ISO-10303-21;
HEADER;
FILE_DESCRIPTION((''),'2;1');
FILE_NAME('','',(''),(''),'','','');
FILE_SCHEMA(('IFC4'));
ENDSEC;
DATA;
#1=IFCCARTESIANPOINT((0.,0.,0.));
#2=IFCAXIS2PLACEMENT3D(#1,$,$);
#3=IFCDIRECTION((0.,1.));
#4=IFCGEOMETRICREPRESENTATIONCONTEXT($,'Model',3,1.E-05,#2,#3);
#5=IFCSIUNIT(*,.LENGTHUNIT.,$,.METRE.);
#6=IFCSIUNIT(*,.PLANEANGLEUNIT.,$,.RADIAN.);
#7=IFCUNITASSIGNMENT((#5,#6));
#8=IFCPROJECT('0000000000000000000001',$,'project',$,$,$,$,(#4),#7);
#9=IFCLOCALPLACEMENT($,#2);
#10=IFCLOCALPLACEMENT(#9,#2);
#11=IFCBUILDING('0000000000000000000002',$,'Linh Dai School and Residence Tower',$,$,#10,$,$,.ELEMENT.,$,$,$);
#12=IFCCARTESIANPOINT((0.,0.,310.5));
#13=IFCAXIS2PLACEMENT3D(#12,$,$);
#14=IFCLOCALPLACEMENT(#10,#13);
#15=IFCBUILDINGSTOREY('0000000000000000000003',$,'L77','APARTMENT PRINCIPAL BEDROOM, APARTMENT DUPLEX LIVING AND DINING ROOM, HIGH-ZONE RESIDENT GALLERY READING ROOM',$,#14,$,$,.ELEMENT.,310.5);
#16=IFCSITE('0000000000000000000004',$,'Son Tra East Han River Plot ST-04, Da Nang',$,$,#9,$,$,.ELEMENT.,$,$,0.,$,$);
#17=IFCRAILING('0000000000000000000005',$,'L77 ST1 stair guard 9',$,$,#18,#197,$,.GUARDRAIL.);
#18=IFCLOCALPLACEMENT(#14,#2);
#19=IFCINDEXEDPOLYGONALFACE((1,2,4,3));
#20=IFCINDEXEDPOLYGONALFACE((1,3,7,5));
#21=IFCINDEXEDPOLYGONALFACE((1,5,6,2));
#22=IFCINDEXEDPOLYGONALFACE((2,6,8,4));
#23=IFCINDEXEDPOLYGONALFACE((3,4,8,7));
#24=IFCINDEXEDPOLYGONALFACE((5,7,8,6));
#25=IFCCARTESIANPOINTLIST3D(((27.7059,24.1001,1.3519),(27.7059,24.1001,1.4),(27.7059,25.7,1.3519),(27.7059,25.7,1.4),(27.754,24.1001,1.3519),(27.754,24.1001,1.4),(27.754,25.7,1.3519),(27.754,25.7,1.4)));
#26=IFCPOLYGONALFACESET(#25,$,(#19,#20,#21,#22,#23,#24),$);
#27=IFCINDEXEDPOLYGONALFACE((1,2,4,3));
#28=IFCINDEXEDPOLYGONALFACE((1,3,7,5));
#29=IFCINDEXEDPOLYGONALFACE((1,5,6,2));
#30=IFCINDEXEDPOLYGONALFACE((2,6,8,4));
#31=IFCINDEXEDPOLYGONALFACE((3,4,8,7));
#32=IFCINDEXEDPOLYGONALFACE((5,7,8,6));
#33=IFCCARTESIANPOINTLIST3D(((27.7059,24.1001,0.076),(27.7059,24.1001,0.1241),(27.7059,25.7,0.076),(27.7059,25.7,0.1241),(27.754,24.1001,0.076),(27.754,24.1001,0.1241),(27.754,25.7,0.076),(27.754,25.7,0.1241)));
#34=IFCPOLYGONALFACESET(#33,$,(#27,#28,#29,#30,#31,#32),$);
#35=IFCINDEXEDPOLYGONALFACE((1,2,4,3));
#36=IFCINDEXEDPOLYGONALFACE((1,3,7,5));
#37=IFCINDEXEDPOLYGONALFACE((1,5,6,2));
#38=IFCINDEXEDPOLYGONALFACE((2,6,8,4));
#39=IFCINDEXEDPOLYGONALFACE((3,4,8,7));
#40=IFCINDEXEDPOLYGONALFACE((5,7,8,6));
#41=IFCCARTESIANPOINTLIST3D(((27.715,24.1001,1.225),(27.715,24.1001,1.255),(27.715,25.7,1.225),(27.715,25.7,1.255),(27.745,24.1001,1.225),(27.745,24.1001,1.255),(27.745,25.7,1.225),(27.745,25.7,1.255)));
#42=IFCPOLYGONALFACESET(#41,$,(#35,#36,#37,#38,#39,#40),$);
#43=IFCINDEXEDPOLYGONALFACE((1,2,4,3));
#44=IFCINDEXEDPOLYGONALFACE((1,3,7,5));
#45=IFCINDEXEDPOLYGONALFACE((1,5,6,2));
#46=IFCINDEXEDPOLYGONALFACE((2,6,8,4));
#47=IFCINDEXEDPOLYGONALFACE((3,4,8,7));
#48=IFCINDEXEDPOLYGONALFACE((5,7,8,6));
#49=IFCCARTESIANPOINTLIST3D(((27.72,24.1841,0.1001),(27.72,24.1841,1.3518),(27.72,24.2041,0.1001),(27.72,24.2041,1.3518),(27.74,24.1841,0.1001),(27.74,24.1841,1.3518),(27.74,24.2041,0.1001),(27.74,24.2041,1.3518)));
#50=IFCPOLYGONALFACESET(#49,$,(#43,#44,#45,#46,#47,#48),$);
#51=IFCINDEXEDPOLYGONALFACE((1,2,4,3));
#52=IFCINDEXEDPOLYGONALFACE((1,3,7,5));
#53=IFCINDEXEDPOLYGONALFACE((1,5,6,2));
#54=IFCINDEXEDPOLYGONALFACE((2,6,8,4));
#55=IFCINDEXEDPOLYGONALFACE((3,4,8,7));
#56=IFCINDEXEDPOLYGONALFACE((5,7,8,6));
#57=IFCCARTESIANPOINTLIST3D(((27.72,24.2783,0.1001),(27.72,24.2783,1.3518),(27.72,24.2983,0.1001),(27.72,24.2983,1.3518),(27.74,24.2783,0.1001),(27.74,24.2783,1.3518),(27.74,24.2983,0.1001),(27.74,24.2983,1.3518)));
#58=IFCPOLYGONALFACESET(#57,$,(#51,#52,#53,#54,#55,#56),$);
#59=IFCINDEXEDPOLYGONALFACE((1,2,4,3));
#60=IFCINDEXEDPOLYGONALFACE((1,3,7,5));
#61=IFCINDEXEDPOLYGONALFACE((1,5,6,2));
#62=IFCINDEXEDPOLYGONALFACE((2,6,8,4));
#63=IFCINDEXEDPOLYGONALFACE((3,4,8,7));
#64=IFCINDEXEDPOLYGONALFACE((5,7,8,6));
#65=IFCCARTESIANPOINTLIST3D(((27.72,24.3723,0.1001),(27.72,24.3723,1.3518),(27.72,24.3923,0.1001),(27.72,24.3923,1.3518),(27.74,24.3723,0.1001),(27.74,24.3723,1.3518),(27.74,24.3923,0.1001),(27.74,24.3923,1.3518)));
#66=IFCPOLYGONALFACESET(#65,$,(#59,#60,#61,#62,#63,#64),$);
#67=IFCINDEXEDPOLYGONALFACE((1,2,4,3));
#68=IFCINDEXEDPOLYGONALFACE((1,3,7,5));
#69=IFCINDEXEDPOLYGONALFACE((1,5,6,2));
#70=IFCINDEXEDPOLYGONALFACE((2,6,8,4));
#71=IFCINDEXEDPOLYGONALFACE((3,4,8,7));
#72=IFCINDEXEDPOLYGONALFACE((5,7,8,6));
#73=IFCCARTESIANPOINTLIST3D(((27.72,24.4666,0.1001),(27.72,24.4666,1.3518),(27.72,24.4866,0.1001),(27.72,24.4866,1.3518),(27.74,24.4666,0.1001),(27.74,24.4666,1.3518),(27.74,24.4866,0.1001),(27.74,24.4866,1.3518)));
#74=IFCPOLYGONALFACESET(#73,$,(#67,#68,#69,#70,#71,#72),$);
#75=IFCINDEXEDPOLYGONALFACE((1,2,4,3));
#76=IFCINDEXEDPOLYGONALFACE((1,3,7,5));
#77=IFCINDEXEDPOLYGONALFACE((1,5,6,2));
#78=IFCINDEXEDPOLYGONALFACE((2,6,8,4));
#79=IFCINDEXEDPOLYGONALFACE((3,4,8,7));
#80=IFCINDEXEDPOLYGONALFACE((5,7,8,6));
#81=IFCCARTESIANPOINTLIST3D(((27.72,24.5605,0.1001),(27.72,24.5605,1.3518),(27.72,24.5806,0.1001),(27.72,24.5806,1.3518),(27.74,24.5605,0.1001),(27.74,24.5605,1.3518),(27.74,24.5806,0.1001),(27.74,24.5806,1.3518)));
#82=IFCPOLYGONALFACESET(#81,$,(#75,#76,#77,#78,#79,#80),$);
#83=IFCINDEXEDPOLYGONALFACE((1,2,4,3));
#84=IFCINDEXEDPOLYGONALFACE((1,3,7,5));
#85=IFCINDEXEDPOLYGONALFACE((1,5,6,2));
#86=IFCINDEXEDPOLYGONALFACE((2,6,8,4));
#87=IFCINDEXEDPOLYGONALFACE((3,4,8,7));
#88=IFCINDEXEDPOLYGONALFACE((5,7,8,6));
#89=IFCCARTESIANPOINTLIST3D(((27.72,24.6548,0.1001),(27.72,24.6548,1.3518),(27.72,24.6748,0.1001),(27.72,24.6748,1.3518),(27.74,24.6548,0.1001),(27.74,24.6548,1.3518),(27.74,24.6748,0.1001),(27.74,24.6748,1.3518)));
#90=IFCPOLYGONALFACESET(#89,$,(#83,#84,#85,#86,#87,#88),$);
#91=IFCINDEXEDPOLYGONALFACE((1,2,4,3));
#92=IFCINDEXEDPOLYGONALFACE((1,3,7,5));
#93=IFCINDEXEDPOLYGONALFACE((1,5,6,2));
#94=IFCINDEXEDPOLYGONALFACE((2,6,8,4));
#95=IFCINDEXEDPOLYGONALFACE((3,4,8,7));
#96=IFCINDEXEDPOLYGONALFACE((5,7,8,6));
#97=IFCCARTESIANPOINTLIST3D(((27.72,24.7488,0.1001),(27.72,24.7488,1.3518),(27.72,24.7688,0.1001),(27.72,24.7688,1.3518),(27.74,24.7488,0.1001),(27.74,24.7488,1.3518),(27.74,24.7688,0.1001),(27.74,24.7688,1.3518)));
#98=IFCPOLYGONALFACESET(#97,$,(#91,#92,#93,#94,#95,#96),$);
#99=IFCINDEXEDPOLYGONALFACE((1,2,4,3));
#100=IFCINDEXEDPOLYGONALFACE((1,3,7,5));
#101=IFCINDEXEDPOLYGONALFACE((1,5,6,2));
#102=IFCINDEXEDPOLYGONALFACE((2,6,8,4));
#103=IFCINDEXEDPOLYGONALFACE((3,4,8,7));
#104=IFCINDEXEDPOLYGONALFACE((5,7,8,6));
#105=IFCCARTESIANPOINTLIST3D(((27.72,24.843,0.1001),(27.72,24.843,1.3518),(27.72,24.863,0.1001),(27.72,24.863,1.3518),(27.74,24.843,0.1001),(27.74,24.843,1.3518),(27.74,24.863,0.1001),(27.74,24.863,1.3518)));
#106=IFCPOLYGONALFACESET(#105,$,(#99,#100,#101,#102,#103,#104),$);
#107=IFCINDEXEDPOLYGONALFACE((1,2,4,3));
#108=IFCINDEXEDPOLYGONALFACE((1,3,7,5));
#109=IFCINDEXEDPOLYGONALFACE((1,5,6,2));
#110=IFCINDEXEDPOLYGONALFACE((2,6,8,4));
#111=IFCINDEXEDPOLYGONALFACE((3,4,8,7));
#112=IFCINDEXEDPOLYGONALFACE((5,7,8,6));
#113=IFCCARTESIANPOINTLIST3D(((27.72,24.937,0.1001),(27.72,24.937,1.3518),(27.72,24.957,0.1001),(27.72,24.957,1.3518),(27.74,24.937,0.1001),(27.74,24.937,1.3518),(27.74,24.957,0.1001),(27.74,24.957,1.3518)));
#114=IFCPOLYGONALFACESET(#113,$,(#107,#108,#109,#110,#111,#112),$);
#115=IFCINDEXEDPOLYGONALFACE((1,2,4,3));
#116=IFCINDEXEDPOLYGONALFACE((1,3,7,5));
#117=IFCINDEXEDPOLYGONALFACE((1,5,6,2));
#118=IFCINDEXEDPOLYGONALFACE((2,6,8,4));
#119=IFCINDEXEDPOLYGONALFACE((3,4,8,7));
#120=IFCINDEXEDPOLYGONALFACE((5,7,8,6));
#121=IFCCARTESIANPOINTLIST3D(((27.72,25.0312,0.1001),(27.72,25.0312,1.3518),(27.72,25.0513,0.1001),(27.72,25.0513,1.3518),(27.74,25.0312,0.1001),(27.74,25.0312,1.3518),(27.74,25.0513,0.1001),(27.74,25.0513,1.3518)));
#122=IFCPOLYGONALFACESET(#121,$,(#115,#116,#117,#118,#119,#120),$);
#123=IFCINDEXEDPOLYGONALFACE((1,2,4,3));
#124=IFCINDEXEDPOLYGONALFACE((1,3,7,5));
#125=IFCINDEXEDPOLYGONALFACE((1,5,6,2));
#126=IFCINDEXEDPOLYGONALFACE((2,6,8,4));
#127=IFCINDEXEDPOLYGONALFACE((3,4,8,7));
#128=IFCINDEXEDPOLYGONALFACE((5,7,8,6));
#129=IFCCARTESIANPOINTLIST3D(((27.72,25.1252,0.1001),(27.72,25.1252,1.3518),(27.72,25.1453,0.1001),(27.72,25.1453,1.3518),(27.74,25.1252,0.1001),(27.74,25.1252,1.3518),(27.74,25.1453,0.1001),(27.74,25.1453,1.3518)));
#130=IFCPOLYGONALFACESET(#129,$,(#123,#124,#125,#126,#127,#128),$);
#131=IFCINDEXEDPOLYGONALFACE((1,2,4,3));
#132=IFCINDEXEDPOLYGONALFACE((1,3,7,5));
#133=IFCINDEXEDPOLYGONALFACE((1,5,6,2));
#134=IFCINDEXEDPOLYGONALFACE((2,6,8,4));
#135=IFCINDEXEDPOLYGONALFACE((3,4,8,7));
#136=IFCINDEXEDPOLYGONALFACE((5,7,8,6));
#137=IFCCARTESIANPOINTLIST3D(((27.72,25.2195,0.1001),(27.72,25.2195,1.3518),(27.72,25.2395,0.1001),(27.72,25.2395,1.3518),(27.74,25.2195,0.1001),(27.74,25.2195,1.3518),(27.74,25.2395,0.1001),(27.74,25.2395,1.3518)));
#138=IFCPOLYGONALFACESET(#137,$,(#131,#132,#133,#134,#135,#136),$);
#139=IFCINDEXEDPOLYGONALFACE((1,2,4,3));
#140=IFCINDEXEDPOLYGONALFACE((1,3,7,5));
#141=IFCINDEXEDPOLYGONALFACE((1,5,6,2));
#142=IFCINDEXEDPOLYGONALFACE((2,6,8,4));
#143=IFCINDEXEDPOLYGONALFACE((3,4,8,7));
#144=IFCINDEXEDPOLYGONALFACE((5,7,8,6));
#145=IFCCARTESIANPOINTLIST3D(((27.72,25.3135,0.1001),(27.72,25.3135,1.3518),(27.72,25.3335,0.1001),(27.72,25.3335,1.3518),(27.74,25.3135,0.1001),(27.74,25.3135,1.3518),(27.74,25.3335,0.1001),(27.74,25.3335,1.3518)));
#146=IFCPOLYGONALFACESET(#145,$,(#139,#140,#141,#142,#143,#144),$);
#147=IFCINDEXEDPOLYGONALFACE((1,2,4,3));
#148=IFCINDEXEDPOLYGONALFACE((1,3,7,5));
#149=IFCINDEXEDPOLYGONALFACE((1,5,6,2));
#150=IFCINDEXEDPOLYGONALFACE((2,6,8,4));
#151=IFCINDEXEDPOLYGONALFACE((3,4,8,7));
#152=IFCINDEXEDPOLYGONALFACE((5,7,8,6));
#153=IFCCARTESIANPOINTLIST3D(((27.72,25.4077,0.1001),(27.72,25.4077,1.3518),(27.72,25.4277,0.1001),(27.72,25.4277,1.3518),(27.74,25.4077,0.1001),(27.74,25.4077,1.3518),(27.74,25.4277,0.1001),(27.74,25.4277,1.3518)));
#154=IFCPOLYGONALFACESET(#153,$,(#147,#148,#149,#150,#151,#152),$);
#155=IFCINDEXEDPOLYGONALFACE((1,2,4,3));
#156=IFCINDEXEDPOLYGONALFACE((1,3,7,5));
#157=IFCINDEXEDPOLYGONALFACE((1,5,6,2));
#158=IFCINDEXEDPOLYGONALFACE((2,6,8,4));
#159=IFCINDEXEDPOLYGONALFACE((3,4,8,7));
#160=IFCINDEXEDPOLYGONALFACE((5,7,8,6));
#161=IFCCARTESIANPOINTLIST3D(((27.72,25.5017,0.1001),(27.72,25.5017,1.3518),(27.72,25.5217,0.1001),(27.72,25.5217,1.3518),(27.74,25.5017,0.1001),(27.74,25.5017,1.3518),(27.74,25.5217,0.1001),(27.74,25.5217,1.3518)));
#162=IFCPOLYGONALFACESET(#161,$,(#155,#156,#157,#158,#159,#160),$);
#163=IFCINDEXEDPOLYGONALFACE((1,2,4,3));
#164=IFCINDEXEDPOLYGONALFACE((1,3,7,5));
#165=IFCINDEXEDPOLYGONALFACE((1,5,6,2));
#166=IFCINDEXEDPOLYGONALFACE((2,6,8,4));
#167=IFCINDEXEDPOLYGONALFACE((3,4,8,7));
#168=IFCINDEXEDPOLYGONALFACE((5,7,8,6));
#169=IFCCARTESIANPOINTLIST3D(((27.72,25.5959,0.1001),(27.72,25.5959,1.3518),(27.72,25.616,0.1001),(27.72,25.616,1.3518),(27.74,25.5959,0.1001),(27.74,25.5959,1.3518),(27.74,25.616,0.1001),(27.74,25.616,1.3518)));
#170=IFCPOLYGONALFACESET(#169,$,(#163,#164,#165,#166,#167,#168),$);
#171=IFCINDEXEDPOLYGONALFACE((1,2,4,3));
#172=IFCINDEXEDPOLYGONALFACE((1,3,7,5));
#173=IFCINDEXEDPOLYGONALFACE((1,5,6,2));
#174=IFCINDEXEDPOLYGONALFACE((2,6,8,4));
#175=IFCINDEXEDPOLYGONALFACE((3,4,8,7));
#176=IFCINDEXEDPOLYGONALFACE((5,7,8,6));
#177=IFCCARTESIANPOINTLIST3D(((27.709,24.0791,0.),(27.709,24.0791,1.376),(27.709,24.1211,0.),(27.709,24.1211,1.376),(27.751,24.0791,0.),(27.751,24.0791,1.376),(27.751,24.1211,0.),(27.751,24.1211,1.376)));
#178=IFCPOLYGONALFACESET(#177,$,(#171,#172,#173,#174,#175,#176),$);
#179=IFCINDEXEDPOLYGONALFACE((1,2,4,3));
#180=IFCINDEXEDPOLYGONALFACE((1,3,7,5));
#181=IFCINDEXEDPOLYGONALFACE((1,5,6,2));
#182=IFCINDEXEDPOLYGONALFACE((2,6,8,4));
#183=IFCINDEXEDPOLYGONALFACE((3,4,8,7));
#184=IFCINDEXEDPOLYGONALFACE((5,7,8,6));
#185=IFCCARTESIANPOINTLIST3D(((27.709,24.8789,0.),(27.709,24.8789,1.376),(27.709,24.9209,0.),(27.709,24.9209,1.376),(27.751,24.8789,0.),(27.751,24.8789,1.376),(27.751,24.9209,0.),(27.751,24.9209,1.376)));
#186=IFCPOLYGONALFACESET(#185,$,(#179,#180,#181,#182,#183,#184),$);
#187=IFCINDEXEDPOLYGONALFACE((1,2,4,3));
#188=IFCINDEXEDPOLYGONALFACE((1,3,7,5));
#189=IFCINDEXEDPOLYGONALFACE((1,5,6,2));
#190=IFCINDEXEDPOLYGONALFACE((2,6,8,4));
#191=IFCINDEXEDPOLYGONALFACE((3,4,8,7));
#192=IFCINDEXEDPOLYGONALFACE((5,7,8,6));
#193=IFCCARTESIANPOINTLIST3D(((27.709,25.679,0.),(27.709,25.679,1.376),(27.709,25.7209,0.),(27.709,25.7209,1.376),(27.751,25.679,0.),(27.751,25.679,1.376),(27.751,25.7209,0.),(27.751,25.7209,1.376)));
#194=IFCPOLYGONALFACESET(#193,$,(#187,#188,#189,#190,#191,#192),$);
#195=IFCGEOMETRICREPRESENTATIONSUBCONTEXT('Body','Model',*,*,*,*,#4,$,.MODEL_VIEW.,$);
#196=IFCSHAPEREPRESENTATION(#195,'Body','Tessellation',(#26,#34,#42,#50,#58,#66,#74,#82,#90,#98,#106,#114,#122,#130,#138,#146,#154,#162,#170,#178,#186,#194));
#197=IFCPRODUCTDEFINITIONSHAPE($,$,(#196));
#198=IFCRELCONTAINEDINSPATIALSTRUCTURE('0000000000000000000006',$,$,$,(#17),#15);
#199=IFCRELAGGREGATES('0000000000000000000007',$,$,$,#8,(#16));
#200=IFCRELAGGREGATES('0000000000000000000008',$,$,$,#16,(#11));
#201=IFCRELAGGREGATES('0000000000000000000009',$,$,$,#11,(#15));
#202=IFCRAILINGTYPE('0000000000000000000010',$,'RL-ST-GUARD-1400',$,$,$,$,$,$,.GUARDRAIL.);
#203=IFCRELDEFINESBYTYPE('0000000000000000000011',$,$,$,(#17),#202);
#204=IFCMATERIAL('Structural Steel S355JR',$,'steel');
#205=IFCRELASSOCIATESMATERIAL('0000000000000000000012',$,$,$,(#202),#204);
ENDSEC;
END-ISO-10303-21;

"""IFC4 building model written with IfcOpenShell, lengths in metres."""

from ifc_helpers import new_model, si_unit, direction, frame, origin, origin_2d, place, context, subcontext, project, spatial, rectangle, extrude, source, transform, mapped, material, type_object, element, save


model = new_model("IFC4")

# Units and contexts
model_context = context("Model", 3, precision=1e-05, world=origin(), true_north=direction((0.0, 1.0)))
body_context = subcontext(model_context, "Body", "Model", "MODEL_VIEW")
ifc_project = project(units=[si_unit("LENGTHUNIT", "METRE"), si_unit("PLANEANGLEUNIT", "RADIAN")], contexts=[model_context])

# Site, building, storey
site_placement = place(None, origin())
site = spatial("IfcSite", under=ifc_project, at=site_placement, Name="Son Tra East Han River Plot ST-04, Da Nang", CompositionType="ELEMENT", RefElevation=0.0)
building_placement = place(site_placement, origin())
building = spatial("IfcBuilding", under=site, at=building_placement, Name="Linh Dai School and Residence Tower", CompositionType="ELEMENT")
storey_placement = place(building_placement, frame((0.0, 0.0, 310.5)))
storey = spatial("IfcBuildingStorey", under=building, at=storey_placement, Name="L77", Description="APARTMENT PRINCIPAL BEDROOM, APARTMENT DUPLEX LIVING AND DINING ROOM, HIGH-ZONE RESIDENT GALLERY READING ROOM", CompositionType="ELEMENT", Elevation=310.5)

# Shared definitions
ifc_material_1 = material(Name="Structural Steel S355JR", Category="steel")

# Railing
railing_type_1 = type_object("IfcRailingType", Name="RL-ST-GUARD-1400", PredefinedType="GUARDRAIL", material=ifc_material_1)
shared_shape_1 = source(origin(), body_context, "Body", "SweptSolid", [
    extrude(rectangle(XDim=0.0481, YDim=0.0481, at=origin_2d()), frame((0.0, 0.0, 1.376), z_axis=(0.0, 1.0, 0.0), x_axis=(-1.0, 0.0, 0.0)), (0.0, 0.0, 1.0), 1.5999),
    extrude(rectangle(XDim=0.0481, YDim=0.0481, at=origin_2d()), frame((0.0, 0.0, 0.1001), z_axis=(0.0, 1.0, 0.0), x_axis=(-1.0, 0.0, 0.0)), (0.0, 0.0, 1.0), 1.5999),
    extrude(rectangle(XDim=0.03, YDim=0.03, at=origin_2d()), frame((0.0, 0.0, 1.24), z_axis=(0.0, 1.0, 0.0), x_axis=(-1.0, 0.0, 0.0)), (0.0, 0.0, 1.0), 1.5999),
    extrude(rectangle(XDim=0.02, YDim=0.02, at=origin_2d()), frame((0.0, 0.094, 0.1001)), (0.0, 0.0, 1.0), 1.2517),
    extrude(rectangle(XDim=0.02, YDim=0.02, at=origin_2d()), frame((0.0, 0.1882, 0.1001)), (0.0, 0.0, 1.0), 1.2517),
    extrude(rectangle(XDim=0.02, YDim=0.02, at=origin_2d()), frame((0.0, 0.2822, 0.1001)), (0.0, 0.0, 1.0), 1.2517),
    extrude(rectangle(XDim=0.02, YDim=0.02, at=origin_2d()), frame((0.0, 0.3765, 0.1001)), (0.0, 0.0, 1.0), 1.2517),
    extrude(rectangle(XDim=0.02, YDim=0.02, at=origin_2d()), frame((0.0, 0.4705, 0.1001)), (0.0, 0.0, 1.0), 1.2517),
    extrude(rectangle(XDim=0.02, YDim=0.02, at=origin_2d()), frame((0.0, 0.5647, 0.1001)), (0.0, 0.0, 1.0), 1.2517),
    extrude(rectangle(XDim=0.02, YDim=0.02, at=origin_2d()), frame((0.0, 0.6587, 0.1001)), (0.0, 0.0, 1.0), 1.2517),
    extrude(rectangle(XDim=0.02, YDim=0.02, at=origin_2d()), frame((0.0, 0.7529, 0.1001)), (0.0, 0.0, 1.0), 1.2517),
    extrude(rectangle(XDim=0.02, YDim=0.02, at=origin_2d()), frame((0.0, 0.8469, 0.1001)), (0.0, 0.0, 1.0), 1.2517),
    extrude(rectangle(XDim=0.02, YDim=0.02, at=origin_2d()), frame((0.0, 0.9412, 0.1001)), (0.0, 0.0, 1.0), 1.2517),
    extrude(rectangle(XDim=0.02, YDim=0.02, at=origin_2d()), frame((0.0, 1.0352, 0.1001)), (0.0, 0.0, 1.0), 1.2517),
    extrude(rectangle(XDim=0.02, YDim=0.02, at=origin_2d()), frame((0.0, 1.1294, 0.1001)), (0.0, 0.0, 1.0), 1.2517),
    extrude(rectangle(XDim=0.02, YDim=0.02, at=origin_2d()), frame((0.0, 1.2234, 0.1001)), (0.0, 0.0, 1.0), 1.2517),
    extrude(rectangle(XDim=0.02, YDim=0.02, at=origin_2d()), frame((0.0, 1.3176, 0.1001)), (0.0, 0.0, 1.0), 1.2517),
    extrude(rectangle(XDim=0.02, YDim=0.02, at=origin_2d()), frame((0.0, 1.4116, 0.1001)), (0.0, 0.0, 1.0), 1.2517),
    extrude(rectangle(XDim=0.02, YDim=0.02, at=origin_2d()), frame((0.0, 1.5059, 0.1001)), (0.0, 0.0, 1.0), 1.2517),
    extrude(rectangle(XDim=0.042, YDim=0.042, at=origin_2d()), origin(), (0.0, 0.0, 1.0), 1.376),
    extrude(rectangle(XDim=0.042, YDim=0.042, at=origin_2d()), frame((0.0, 0.7998, 0.0)), (0.0, 0.0, 1.0), 1.376),
    extrude(rectangle(XDim=0.042, YDim=0.042, at=origin_2d()), frame((0.0, 1.5999, 0.0)), (0.0, 0.0, 1.0), 1.376),
])
for number, where, name in (
    (1, (27.73, 24.1001, 0.0), "L77 ST1 stair guard 9"),
):
    element("IfcRailing", number, at=place(storey_placement, frame(where)), inside=storey, type_object=railing_type_1, Name=name, PredefinedType="GUARDRAIL", context=body_context, shape_type="MappedRepresentation", body=[
        mapped(shared_shape_1, transform((0.0, 0.0, 0.0), x_axis=(1.0, 0.0, 0.0), y_axis=(0.0, 1.0, 0.0), z_axis=(0.0, 0.0, 1.0), scale=1.0)),
    ])

save(model, "model.ifc")
